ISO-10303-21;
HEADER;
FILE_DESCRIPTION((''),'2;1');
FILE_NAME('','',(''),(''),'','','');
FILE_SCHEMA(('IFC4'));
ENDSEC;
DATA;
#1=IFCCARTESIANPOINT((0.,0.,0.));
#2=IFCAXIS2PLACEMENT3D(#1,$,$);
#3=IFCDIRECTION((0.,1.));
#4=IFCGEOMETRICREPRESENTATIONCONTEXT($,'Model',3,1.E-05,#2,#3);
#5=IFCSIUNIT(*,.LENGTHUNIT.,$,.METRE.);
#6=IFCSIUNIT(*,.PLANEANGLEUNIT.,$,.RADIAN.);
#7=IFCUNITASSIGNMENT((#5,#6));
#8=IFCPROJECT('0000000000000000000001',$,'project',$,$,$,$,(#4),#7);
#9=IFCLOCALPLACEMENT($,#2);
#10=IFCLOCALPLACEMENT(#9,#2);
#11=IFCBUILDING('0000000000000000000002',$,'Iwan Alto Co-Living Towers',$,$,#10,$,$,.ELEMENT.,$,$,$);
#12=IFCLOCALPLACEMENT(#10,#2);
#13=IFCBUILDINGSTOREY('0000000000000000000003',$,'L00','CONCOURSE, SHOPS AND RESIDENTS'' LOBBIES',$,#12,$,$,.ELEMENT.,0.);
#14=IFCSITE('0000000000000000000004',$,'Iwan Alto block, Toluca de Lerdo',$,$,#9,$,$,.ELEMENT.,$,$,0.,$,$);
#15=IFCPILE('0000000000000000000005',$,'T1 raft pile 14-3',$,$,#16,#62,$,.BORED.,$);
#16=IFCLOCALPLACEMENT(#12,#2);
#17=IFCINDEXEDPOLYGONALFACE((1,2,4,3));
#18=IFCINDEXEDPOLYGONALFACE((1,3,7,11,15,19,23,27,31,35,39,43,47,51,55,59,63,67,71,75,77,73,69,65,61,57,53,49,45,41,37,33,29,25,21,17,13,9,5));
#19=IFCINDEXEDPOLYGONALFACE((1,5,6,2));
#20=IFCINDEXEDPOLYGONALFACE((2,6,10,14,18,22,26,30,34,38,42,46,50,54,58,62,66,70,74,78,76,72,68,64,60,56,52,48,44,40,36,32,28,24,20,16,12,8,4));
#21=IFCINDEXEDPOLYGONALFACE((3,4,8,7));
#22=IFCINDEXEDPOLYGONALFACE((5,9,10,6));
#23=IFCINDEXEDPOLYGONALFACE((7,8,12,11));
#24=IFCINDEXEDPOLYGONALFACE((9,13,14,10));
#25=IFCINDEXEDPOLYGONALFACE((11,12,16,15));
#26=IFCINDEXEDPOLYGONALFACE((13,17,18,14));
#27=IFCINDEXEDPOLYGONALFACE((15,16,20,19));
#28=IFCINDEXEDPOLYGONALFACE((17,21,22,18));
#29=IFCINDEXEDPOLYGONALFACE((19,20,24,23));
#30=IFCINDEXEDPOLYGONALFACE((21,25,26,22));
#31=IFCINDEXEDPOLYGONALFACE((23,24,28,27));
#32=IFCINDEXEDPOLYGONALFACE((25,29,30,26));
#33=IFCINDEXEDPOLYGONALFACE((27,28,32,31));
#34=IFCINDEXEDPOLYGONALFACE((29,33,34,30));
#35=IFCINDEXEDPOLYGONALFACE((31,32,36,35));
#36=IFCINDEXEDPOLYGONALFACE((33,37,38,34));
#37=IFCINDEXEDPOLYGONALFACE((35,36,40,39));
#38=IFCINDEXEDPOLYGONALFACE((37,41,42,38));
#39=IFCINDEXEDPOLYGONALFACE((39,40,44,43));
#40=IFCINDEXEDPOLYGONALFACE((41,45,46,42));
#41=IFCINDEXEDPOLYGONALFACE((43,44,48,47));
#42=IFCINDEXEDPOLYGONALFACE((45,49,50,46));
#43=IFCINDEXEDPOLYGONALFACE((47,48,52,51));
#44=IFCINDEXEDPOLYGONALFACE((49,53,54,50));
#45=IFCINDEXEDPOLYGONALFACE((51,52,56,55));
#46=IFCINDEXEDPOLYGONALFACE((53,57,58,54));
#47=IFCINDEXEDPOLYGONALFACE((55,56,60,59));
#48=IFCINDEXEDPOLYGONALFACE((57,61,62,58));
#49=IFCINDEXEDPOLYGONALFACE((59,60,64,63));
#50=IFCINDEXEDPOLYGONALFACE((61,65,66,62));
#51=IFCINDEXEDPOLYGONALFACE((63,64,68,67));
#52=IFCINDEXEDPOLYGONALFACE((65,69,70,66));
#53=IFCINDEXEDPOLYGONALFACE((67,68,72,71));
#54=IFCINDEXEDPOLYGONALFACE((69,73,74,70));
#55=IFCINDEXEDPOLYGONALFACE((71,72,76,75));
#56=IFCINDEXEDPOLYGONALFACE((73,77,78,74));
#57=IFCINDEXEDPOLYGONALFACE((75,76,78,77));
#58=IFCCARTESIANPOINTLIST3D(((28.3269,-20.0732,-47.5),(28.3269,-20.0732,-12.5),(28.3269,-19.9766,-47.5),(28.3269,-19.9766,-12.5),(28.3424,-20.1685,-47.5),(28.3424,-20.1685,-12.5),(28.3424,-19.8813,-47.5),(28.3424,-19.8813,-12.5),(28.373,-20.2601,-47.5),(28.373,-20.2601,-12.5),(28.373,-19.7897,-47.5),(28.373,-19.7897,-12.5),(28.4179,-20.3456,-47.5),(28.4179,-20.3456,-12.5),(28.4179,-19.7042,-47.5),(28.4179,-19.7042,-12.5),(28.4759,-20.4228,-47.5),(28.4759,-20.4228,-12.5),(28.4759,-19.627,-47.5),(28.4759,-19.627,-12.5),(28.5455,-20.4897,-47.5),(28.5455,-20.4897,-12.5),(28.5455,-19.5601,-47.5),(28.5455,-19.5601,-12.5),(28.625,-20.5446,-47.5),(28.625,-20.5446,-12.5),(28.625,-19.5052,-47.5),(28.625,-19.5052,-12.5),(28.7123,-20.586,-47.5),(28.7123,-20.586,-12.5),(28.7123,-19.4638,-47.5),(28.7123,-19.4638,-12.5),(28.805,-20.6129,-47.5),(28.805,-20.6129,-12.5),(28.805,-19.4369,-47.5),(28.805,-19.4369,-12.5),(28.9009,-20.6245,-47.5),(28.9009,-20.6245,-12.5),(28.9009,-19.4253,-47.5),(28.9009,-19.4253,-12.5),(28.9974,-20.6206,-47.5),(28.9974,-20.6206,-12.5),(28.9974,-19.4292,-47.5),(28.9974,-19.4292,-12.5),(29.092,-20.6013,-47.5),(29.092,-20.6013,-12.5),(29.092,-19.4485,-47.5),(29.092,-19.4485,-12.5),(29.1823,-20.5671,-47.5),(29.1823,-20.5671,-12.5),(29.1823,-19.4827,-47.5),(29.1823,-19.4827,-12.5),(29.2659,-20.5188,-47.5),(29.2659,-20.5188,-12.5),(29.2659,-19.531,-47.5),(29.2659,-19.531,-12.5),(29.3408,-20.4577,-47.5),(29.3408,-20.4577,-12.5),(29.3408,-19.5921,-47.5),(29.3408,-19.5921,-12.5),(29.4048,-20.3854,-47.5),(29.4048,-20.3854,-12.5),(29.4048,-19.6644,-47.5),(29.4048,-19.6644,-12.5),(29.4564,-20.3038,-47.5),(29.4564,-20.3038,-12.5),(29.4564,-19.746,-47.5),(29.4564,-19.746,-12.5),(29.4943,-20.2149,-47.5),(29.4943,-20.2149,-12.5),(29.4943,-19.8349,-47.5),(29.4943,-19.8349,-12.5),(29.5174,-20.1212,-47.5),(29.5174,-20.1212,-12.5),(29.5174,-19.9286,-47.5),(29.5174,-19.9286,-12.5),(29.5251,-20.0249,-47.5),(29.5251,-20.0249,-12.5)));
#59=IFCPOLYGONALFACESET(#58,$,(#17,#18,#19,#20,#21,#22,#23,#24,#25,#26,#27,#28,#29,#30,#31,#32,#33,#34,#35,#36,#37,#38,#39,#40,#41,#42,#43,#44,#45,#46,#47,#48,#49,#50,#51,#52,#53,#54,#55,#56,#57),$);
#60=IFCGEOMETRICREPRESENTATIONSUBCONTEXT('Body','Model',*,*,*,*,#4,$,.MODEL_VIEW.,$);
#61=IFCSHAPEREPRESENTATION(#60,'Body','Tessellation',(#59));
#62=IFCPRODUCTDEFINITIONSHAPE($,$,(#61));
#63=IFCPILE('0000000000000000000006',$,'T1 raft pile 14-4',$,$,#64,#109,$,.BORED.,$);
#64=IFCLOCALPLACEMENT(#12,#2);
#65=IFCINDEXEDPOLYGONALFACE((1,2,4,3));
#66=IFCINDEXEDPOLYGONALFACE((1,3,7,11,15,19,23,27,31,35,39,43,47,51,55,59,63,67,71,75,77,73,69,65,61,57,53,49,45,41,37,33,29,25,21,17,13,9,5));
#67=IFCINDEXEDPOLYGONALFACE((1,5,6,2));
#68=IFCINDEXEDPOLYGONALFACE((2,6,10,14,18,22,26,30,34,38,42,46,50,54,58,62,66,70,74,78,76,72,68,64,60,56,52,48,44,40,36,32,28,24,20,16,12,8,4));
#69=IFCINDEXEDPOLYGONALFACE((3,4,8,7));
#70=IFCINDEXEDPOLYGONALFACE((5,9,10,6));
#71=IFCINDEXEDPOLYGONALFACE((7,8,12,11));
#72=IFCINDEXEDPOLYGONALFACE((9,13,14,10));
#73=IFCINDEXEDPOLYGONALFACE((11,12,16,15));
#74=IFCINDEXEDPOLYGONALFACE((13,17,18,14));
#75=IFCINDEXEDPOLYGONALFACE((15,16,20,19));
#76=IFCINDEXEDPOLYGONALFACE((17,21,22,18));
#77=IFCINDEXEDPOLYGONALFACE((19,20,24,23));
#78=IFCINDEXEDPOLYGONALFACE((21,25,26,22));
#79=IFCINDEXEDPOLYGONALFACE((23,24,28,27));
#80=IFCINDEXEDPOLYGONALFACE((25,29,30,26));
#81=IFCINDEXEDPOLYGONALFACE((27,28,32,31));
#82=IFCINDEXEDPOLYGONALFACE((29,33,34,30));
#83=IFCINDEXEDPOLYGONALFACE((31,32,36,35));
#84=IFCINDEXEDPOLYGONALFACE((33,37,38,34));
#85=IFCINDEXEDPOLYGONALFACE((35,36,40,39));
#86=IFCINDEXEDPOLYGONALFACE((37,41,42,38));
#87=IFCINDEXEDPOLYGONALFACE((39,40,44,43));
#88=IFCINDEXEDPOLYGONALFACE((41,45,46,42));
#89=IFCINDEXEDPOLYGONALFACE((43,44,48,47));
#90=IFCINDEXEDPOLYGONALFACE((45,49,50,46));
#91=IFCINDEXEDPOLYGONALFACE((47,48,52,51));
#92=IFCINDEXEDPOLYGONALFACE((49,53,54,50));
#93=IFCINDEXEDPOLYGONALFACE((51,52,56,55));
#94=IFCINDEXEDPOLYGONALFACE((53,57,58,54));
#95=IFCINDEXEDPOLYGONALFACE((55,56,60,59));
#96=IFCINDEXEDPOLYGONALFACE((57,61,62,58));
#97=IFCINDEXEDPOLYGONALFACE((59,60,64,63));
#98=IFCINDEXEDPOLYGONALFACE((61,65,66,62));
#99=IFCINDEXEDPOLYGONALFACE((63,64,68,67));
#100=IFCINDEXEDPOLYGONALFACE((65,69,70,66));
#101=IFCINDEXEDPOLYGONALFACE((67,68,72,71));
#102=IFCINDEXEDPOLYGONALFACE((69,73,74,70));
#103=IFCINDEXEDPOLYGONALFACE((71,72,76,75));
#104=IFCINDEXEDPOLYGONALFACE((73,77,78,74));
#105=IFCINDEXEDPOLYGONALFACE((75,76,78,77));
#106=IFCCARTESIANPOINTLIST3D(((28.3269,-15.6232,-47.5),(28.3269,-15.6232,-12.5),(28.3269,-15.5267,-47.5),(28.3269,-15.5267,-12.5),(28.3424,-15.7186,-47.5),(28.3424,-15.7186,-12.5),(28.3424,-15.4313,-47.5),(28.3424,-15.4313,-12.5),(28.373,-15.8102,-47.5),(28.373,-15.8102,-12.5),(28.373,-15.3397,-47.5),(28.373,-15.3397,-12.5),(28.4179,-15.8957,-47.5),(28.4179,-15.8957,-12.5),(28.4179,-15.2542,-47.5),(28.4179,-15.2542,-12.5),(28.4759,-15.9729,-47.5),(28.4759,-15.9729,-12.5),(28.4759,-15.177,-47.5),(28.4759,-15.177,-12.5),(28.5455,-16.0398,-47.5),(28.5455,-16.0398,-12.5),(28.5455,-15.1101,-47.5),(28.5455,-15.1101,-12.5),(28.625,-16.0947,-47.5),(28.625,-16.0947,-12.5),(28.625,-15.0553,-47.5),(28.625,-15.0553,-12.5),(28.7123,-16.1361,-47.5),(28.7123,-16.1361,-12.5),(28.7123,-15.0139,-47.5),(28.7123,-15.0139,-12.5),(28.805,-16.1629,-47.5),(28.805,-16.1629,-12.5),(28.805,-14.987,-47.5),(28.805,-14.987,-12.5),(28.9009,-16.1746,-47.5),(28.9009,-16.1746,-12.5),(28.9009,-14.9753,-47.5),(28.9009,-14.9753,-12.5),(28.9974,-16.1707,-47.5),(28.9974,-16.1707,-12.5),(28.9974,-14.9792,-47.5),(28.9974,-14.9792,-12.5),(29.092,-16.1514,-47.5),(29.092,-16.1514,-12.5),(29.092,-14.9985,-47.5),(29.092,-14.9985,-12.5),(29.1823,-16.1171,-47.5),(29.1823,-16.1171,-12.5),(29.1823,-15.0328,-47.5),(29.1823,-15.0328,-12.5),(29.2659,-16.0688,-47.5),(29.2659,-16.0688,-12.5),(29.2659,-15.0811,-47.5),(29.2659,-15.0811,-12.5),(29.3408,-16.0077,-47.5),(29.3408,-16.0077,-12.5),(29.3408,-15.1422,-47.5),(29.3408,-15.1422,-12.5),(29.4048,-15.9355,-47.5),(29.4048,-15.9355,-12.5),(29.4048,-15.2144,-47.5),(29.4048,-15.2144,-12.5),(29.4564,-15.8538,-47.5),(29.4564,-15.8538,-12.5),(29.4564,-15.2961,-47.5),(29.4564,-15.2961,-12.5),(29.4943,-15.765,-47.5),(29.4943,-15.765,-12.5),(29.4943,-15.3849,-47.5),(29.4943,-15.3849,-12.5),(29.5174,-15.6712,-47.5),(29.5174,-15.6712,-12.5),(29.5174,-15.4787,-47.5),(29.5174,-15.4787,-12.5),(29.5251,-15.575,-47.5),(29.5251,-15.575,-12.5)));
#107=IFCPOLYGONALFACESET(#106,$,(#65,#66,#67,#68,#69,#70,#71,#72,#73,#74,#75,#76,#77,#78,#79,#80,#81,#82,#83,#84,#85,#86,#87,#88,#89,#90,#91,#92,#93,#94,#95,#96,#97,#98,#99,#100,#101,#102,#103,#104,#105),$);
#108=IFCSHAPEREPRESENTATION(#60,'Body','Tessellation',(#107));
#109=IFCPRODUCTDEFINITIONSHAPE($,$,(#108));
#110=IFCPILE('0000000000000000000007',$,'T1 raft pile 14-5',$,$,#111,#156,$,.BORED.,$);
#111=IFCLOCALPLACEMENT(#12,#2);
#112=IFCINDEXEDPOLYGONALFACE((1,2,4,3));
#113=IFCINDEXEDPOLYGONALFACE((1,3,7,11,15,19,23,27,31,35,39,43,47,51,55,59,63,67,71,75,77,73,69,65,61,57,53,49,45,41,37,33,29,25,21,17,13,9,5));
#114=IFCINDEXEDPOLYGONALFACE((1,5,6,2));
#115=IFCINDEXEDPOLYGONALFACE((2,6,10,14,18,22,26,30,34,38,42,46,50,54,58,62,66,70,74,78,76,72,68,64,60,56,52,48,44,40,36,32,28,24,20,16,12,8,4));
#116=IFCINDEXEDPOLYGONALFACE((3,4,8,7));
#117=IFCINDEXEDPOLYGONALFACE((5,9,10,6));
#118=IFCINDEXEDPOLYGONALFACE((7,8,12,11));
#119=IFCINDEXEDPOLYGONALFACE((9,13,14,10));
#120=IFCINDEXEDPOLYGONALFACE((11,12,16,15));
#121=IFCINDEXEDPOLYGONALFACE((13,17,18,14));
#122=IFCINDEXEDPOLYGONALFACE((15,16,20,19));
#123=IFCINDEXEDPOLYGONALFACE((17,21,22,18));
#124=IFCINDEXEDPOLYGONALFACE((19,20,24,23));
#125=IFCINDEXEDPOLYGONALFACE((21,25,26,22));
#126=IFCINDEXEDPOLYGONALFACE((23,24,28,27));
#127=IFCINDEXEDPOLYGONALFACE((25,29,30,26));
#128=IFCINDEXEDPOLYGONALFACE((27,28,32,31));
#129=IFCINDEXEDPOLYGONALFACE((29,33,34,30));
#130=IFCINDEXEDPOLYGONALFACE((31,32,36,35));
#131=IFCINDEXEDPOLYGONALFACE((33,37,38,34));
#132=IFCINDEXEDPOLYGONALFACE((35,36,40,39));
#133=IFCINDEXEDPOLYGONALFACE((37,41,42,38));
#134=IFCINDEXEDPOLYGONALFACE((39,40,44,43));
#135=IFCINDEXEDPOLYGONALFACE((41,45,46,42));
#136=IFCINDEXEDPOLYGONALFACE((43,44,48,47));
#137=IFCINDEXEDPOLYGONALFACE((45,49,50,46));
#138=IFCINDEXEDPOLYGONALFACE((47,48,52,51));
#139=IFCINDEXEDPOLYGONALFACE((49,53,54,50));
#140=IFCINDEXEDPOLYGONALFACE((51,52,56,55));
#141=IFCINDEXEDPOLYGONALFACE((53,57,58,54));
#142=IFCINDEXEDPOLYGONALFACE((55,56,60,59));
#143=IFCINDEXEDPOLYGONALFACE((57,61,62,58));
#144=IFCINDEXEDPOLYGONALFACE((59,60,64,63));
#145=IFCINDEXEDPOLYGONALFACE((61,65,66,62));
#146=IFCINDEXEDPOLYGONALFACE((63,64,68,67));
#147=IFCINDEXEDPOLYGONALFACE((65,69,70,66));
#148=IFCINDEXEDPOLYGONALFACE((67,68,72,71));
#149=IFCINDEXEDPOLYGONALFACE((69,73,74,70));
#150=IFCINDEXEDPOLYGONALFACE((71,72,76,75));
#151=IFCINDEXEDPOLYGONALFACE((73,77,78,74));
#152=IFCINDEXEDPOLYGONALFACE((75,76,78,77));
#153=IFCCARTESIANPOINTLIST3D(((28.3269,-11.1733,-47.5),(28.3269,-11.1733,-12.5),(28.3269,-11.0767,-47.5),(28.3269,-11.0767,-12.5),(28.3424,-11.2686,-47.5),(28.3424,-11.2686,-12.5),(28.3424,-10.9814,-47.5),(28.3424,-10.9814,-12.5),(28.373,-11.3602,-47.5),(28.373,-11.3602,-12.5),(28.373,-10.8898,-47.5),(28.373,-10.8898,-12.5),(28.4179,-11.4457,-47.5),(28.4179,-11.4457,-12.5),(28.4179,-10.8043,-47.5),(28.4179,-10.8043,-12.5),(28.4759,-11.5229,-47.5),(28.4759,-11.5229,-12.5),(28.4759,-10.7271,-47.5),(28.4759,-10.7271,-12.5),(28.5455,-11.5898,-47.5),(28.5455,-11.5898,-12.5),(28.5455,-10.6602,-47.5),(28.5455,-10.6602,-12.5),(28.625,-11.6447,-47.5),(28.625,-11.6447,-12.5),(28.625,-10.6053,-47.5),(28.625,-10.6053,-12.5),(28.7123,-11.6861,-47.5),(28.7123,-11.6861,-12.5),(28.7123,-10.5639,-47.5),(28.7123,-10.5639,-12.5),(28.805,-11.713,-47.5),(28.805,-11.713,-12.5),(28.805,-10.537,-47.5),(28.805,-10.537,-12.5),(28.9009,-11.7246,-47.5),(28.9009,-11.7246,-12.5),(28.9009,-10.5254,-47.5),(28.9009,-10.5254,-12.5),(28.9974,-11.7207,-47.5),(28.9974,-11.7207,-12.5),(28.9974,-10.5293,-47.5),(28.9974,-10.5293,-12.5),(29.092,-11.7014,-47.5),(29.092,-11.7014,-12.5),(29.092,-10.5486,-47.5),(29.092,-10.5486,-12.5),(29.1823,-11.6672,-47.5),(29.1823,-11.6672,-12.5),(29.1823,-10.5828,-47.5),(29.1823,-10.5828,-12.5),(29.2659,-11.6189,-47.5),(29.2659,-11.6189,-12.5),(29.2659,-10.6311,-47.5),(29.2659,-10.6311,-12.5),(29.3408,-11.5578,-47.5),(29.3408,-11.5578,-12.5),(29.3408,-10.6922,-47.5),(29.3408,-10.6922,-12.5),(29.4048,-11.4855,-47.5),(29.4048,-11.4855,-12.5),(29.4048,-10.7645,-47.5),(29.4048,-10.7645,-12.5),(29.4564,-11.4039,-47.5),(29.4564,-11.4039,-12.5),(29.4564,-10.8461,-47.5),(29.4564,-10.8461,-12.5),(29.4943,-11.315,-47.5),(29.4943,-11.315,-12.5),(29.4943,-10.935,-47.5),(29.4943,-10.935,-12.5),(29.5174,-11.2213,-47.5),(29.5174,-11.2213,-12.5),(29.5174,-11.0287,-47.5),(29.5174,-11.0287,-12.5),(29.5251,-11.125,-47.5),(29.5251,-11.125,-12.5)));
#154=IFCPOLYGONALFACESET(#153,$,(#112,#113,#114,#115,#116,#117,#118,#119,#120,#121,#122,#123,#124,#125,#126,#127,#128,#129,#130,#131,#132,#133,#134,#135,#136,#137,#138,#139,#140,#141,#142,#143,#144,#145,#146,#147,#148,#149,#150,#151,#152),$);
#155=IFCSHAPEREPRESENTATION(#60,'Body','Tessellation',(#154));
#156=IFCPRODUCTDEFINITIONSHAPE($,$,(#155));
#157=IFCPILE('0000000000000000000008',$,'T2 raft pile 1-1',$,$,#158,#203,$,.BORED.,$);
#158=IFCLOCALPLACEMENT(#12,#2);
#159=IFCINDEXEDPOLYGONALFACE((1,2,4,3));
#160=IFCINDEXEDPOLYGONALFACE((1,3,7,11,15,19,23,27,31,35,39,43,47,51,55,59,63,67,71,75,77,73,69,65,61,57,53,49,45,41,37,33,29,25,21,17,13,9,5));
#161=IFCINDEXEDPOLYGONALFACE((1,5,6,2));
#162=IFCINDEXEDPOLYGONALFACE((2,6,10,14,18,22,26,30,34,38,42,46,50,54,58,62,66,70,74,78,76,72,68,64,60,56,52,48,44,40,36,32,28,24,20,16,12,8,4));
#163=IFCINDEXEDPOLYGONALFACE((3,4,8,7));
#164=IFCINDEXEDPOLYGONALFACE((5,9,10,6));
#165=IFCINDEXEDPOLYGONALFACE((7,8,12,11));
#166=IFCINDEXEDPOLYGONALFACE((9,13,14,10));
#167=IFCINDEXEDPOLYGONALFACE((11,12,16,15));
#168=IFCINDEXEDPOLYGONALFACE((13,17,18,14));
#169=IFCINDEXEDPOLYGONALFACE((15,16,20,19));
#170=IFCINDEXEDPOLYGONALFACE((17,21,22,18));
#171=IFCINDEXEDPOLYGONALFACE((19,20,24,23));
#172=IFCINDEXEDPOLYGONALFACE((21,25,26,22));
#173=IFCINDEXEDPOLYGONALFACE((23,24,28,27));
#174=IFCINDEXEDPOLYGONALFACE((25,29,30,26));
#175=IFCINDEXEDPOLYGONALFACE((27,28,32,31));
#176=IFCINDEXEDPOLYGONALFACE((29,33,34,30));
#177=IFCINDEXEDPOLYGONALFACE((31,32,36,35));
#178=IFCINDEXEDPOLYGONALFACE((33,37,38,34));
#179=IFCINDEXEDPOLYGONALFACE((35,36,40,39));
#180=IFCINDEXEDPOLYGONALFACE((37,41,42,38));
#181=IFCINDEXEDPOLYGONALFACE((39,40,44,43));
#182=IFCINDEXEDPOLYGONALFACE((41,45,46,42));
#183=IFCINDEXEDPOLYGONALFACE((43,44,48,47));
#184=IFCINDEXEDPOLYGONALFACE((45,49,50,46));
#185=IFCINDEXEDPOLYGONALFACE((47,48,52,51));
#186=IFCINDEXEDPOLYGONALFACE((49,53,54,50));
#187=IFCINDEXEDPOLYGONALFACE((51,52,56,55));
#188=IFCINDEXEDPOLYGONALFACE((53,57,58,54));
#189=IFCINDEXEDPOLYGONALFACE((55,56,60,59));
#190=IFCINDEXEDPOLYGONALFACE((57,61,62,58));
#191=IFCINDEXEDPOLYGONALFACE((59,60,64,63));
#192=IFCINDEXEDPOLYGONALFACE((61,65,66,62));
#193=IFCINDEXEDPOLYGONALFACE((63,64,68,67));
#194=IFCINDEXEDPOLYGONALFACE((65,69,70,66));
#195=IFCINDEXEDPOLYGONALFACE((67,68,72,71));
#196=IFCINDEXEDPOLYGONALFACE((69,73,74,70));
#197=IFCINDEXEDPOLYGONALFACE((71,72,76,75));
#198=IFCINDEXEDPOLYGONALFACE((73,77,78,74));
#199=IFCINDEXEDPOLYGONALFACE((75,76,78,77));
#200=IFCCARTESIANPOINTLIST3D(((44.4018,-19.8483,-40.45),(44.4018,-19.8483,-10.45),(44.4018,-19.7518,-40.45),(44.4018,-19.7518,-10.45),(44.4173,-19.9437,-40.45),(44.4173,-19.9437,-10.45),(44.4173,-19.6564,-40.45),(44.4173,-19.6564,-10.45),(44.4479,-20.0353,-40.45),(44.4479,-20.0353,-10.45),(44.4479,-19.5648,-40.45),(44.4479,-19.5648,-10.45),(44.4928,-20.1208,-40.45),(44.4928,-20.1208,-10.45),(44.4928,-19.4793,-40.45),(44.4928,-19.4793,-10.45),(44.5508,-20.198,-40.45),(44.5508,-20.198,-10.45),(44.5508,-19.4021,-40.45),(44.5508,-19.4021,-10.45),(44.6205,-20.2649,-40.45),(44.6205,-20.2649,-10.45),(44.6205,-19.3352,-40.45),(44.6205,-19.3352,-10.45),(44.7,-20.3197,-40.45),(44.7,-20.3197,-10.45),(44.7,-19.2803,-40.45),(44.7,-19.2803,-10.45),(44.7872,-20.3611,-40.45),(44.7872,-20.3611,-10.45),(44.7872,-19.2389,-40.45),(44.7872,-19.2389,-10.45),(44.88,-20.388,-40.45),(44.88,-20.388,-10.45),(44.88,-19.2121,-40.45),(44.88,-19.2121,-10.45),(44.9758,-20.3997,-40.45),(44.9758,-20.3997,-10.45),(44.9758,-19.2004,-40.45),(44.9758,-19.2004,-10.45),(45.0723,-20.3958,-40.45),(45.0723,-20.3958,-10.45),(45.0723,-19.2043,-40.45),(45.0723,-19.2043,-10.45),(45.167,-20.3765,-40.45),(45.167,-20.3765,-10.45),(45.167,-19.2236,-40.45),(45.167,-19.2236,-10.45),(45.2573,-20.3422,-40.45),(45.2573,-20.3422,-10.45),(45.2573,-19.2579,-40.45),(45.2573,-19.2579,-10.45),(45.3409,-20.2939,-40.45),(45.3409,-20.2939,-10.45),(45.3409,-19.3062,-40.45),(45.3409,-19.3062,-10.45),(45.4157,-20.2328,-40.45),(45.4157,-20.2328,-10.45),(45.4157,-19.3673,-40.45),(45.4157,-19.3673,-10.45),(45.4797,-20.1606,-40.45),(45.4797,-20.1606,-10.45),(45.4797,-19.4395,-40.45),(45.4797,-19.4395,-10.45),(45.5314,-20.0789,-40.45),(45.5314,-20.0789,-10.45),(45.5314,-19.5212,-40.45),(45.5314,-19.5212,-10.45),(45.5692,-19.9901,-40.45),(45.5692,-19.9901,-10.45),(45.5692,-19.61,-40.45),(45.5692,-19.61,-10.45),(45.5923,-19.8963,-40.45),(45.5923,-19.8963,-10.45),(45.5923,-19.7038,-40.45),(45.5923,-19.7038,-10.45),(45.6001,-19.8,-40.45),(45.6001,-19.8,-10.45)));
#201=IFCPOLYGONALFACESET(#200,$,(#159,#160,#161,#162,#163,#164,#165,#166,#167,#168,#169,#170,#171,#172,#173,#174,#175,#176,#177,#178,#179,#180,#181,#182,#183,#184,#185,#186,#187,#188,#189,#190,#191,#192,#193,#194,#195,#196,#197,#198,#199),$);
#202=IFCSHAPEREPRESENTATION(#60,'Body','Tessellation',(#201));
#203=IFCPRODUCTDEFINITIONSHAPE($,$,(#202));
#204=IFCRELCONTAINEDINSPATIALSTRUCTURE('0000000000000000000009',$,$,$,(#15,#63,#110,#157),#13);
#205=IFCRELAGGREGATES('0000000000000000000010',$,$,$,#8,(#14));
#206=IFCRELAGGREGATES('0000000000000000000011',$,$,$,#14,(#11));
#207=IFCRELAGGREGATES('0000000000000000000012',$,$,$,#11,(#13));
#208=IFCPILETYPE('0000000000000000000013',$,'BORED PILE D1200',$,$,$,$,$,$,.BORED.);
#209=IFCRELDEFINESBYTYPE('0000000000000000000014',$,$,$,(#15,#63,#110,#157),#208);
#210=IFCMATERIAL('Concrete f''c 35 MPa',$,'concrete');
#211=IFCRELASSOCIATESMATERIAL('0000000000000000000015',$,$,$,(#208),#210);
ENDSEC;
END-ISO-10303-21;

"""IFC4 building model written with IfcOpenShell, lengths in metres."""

from ifc_helpers import new_model, si_unit, direction, frame, origin, origin_2d, place, context, subcontext, project, spatial, circle, extrude, material, material_profile, profile_set, type_object, element, save


model = new_model("IFC4")

# Units and contexts
model_context = context("Model", 3, precision=1e-05, world=origin(), true_north=direction((0.0, 1.0)))
body_context = subcontext(model_context, "Body", "Model", "MODEL_VIEW")
ifc_project = project(units=[si_unit("LENGTHUNIT", "METRE"), si_unit("PLANEANGLEUNIT", "RADIAN")], contexts=[model_context])

# Site, building, storey
site_placement = place(None, origin())
site = spatial("IfcSite", under=ifc_project, at=site_placement, Name="Iwan Alto block, Toluca de Lerdo", CompositionType="ELEMENT", RefElevation=0.0)
building_placement = place(site_placement, origin())
building = spatial("IfcBuilding", under=site, at=building_placement, Name="Iwan Alto Co-Living Towers", CompositionType="ELEMENT")
storey_placement = place(building_placement, origin())
storey = spatial("IfcBuildingStorey", under=building, at=storey_placement, Name="L00", Description="CONCOURSE, SHOPS AND RESIDENTS' LOBBIES", CompositionType="ELEMENT", Elevation=0.0)

# Piles
ifc_material_1 = material(Name="Concrete f'c 35 MPa", Category="concrete")
ifc_material_profile_1 = material_profile(ifc_material_1, circle(Radius=0.6001, at=origin_2d()), Name="D1200")
ifc_profile_set_1 = profile_set([ifc_material_profile_1], Name="Concrete f'c 35 MPa")
pile_type_1 = type_object("IfcPileType", Name="BORED PILE D1200", PredefinedType="BORED", material=ifc_profile_set_1)
for number, where, z_axis, x_axis, name in (
    (1, (28.925, -20.0249, -12.5), (0.0, 0.0, -1.0), (1.0, 0.0, 0.0), "T1 raft pile 14-3"),
    (2, (28.925, -15.575, -12.5), (0.0, 0.0, -1.0), (1.0, 0.0, 0.0), "T1 raft pile 14-4"),
    (3, (28.925, -11.125, -12.5), (0.0, 0.0, -1.0), (1.0, 0.0, 0.0), "T1 raft pile 14-5"),
):
    element("IfcPile", number, at=place(storey_placement, frame(where, z_axis=z_axis, x_axis=x_axis)), inside=storey, type_object=pile_type_1, Name=name, PredefinedType="BORED", context=body_context, shape_type="SweptSolid", body=[
        extrude(circle(Radius=0.6001, at=origin_2d()), origin(), (0.0, 0.0, 1.0), 35.0),
    ])
for number, where, z_axis, x_axis, name in (
    (4, (45.0, -19.8, -10.45), (0.0, 0.0, -1.0), (1.0, 0.0, 0.0), "T2 raft pile 1-1"),
):
    element("IfcPile", number, at=place(storey_placement, frame(where, z_axis=z_axis, x_axis=x_axis)), inside=storey, type_object=pile_type_1, Name=name, PredefinedType="BORED", context=body_context, shape_type="SweptSolid", body=[
        extrude(circle(Radius=0.6001, at=origin_2d()), origin(), (0.0, 0.0, 1.0), 30.0),
    ])

save(model, "model.ifc")
